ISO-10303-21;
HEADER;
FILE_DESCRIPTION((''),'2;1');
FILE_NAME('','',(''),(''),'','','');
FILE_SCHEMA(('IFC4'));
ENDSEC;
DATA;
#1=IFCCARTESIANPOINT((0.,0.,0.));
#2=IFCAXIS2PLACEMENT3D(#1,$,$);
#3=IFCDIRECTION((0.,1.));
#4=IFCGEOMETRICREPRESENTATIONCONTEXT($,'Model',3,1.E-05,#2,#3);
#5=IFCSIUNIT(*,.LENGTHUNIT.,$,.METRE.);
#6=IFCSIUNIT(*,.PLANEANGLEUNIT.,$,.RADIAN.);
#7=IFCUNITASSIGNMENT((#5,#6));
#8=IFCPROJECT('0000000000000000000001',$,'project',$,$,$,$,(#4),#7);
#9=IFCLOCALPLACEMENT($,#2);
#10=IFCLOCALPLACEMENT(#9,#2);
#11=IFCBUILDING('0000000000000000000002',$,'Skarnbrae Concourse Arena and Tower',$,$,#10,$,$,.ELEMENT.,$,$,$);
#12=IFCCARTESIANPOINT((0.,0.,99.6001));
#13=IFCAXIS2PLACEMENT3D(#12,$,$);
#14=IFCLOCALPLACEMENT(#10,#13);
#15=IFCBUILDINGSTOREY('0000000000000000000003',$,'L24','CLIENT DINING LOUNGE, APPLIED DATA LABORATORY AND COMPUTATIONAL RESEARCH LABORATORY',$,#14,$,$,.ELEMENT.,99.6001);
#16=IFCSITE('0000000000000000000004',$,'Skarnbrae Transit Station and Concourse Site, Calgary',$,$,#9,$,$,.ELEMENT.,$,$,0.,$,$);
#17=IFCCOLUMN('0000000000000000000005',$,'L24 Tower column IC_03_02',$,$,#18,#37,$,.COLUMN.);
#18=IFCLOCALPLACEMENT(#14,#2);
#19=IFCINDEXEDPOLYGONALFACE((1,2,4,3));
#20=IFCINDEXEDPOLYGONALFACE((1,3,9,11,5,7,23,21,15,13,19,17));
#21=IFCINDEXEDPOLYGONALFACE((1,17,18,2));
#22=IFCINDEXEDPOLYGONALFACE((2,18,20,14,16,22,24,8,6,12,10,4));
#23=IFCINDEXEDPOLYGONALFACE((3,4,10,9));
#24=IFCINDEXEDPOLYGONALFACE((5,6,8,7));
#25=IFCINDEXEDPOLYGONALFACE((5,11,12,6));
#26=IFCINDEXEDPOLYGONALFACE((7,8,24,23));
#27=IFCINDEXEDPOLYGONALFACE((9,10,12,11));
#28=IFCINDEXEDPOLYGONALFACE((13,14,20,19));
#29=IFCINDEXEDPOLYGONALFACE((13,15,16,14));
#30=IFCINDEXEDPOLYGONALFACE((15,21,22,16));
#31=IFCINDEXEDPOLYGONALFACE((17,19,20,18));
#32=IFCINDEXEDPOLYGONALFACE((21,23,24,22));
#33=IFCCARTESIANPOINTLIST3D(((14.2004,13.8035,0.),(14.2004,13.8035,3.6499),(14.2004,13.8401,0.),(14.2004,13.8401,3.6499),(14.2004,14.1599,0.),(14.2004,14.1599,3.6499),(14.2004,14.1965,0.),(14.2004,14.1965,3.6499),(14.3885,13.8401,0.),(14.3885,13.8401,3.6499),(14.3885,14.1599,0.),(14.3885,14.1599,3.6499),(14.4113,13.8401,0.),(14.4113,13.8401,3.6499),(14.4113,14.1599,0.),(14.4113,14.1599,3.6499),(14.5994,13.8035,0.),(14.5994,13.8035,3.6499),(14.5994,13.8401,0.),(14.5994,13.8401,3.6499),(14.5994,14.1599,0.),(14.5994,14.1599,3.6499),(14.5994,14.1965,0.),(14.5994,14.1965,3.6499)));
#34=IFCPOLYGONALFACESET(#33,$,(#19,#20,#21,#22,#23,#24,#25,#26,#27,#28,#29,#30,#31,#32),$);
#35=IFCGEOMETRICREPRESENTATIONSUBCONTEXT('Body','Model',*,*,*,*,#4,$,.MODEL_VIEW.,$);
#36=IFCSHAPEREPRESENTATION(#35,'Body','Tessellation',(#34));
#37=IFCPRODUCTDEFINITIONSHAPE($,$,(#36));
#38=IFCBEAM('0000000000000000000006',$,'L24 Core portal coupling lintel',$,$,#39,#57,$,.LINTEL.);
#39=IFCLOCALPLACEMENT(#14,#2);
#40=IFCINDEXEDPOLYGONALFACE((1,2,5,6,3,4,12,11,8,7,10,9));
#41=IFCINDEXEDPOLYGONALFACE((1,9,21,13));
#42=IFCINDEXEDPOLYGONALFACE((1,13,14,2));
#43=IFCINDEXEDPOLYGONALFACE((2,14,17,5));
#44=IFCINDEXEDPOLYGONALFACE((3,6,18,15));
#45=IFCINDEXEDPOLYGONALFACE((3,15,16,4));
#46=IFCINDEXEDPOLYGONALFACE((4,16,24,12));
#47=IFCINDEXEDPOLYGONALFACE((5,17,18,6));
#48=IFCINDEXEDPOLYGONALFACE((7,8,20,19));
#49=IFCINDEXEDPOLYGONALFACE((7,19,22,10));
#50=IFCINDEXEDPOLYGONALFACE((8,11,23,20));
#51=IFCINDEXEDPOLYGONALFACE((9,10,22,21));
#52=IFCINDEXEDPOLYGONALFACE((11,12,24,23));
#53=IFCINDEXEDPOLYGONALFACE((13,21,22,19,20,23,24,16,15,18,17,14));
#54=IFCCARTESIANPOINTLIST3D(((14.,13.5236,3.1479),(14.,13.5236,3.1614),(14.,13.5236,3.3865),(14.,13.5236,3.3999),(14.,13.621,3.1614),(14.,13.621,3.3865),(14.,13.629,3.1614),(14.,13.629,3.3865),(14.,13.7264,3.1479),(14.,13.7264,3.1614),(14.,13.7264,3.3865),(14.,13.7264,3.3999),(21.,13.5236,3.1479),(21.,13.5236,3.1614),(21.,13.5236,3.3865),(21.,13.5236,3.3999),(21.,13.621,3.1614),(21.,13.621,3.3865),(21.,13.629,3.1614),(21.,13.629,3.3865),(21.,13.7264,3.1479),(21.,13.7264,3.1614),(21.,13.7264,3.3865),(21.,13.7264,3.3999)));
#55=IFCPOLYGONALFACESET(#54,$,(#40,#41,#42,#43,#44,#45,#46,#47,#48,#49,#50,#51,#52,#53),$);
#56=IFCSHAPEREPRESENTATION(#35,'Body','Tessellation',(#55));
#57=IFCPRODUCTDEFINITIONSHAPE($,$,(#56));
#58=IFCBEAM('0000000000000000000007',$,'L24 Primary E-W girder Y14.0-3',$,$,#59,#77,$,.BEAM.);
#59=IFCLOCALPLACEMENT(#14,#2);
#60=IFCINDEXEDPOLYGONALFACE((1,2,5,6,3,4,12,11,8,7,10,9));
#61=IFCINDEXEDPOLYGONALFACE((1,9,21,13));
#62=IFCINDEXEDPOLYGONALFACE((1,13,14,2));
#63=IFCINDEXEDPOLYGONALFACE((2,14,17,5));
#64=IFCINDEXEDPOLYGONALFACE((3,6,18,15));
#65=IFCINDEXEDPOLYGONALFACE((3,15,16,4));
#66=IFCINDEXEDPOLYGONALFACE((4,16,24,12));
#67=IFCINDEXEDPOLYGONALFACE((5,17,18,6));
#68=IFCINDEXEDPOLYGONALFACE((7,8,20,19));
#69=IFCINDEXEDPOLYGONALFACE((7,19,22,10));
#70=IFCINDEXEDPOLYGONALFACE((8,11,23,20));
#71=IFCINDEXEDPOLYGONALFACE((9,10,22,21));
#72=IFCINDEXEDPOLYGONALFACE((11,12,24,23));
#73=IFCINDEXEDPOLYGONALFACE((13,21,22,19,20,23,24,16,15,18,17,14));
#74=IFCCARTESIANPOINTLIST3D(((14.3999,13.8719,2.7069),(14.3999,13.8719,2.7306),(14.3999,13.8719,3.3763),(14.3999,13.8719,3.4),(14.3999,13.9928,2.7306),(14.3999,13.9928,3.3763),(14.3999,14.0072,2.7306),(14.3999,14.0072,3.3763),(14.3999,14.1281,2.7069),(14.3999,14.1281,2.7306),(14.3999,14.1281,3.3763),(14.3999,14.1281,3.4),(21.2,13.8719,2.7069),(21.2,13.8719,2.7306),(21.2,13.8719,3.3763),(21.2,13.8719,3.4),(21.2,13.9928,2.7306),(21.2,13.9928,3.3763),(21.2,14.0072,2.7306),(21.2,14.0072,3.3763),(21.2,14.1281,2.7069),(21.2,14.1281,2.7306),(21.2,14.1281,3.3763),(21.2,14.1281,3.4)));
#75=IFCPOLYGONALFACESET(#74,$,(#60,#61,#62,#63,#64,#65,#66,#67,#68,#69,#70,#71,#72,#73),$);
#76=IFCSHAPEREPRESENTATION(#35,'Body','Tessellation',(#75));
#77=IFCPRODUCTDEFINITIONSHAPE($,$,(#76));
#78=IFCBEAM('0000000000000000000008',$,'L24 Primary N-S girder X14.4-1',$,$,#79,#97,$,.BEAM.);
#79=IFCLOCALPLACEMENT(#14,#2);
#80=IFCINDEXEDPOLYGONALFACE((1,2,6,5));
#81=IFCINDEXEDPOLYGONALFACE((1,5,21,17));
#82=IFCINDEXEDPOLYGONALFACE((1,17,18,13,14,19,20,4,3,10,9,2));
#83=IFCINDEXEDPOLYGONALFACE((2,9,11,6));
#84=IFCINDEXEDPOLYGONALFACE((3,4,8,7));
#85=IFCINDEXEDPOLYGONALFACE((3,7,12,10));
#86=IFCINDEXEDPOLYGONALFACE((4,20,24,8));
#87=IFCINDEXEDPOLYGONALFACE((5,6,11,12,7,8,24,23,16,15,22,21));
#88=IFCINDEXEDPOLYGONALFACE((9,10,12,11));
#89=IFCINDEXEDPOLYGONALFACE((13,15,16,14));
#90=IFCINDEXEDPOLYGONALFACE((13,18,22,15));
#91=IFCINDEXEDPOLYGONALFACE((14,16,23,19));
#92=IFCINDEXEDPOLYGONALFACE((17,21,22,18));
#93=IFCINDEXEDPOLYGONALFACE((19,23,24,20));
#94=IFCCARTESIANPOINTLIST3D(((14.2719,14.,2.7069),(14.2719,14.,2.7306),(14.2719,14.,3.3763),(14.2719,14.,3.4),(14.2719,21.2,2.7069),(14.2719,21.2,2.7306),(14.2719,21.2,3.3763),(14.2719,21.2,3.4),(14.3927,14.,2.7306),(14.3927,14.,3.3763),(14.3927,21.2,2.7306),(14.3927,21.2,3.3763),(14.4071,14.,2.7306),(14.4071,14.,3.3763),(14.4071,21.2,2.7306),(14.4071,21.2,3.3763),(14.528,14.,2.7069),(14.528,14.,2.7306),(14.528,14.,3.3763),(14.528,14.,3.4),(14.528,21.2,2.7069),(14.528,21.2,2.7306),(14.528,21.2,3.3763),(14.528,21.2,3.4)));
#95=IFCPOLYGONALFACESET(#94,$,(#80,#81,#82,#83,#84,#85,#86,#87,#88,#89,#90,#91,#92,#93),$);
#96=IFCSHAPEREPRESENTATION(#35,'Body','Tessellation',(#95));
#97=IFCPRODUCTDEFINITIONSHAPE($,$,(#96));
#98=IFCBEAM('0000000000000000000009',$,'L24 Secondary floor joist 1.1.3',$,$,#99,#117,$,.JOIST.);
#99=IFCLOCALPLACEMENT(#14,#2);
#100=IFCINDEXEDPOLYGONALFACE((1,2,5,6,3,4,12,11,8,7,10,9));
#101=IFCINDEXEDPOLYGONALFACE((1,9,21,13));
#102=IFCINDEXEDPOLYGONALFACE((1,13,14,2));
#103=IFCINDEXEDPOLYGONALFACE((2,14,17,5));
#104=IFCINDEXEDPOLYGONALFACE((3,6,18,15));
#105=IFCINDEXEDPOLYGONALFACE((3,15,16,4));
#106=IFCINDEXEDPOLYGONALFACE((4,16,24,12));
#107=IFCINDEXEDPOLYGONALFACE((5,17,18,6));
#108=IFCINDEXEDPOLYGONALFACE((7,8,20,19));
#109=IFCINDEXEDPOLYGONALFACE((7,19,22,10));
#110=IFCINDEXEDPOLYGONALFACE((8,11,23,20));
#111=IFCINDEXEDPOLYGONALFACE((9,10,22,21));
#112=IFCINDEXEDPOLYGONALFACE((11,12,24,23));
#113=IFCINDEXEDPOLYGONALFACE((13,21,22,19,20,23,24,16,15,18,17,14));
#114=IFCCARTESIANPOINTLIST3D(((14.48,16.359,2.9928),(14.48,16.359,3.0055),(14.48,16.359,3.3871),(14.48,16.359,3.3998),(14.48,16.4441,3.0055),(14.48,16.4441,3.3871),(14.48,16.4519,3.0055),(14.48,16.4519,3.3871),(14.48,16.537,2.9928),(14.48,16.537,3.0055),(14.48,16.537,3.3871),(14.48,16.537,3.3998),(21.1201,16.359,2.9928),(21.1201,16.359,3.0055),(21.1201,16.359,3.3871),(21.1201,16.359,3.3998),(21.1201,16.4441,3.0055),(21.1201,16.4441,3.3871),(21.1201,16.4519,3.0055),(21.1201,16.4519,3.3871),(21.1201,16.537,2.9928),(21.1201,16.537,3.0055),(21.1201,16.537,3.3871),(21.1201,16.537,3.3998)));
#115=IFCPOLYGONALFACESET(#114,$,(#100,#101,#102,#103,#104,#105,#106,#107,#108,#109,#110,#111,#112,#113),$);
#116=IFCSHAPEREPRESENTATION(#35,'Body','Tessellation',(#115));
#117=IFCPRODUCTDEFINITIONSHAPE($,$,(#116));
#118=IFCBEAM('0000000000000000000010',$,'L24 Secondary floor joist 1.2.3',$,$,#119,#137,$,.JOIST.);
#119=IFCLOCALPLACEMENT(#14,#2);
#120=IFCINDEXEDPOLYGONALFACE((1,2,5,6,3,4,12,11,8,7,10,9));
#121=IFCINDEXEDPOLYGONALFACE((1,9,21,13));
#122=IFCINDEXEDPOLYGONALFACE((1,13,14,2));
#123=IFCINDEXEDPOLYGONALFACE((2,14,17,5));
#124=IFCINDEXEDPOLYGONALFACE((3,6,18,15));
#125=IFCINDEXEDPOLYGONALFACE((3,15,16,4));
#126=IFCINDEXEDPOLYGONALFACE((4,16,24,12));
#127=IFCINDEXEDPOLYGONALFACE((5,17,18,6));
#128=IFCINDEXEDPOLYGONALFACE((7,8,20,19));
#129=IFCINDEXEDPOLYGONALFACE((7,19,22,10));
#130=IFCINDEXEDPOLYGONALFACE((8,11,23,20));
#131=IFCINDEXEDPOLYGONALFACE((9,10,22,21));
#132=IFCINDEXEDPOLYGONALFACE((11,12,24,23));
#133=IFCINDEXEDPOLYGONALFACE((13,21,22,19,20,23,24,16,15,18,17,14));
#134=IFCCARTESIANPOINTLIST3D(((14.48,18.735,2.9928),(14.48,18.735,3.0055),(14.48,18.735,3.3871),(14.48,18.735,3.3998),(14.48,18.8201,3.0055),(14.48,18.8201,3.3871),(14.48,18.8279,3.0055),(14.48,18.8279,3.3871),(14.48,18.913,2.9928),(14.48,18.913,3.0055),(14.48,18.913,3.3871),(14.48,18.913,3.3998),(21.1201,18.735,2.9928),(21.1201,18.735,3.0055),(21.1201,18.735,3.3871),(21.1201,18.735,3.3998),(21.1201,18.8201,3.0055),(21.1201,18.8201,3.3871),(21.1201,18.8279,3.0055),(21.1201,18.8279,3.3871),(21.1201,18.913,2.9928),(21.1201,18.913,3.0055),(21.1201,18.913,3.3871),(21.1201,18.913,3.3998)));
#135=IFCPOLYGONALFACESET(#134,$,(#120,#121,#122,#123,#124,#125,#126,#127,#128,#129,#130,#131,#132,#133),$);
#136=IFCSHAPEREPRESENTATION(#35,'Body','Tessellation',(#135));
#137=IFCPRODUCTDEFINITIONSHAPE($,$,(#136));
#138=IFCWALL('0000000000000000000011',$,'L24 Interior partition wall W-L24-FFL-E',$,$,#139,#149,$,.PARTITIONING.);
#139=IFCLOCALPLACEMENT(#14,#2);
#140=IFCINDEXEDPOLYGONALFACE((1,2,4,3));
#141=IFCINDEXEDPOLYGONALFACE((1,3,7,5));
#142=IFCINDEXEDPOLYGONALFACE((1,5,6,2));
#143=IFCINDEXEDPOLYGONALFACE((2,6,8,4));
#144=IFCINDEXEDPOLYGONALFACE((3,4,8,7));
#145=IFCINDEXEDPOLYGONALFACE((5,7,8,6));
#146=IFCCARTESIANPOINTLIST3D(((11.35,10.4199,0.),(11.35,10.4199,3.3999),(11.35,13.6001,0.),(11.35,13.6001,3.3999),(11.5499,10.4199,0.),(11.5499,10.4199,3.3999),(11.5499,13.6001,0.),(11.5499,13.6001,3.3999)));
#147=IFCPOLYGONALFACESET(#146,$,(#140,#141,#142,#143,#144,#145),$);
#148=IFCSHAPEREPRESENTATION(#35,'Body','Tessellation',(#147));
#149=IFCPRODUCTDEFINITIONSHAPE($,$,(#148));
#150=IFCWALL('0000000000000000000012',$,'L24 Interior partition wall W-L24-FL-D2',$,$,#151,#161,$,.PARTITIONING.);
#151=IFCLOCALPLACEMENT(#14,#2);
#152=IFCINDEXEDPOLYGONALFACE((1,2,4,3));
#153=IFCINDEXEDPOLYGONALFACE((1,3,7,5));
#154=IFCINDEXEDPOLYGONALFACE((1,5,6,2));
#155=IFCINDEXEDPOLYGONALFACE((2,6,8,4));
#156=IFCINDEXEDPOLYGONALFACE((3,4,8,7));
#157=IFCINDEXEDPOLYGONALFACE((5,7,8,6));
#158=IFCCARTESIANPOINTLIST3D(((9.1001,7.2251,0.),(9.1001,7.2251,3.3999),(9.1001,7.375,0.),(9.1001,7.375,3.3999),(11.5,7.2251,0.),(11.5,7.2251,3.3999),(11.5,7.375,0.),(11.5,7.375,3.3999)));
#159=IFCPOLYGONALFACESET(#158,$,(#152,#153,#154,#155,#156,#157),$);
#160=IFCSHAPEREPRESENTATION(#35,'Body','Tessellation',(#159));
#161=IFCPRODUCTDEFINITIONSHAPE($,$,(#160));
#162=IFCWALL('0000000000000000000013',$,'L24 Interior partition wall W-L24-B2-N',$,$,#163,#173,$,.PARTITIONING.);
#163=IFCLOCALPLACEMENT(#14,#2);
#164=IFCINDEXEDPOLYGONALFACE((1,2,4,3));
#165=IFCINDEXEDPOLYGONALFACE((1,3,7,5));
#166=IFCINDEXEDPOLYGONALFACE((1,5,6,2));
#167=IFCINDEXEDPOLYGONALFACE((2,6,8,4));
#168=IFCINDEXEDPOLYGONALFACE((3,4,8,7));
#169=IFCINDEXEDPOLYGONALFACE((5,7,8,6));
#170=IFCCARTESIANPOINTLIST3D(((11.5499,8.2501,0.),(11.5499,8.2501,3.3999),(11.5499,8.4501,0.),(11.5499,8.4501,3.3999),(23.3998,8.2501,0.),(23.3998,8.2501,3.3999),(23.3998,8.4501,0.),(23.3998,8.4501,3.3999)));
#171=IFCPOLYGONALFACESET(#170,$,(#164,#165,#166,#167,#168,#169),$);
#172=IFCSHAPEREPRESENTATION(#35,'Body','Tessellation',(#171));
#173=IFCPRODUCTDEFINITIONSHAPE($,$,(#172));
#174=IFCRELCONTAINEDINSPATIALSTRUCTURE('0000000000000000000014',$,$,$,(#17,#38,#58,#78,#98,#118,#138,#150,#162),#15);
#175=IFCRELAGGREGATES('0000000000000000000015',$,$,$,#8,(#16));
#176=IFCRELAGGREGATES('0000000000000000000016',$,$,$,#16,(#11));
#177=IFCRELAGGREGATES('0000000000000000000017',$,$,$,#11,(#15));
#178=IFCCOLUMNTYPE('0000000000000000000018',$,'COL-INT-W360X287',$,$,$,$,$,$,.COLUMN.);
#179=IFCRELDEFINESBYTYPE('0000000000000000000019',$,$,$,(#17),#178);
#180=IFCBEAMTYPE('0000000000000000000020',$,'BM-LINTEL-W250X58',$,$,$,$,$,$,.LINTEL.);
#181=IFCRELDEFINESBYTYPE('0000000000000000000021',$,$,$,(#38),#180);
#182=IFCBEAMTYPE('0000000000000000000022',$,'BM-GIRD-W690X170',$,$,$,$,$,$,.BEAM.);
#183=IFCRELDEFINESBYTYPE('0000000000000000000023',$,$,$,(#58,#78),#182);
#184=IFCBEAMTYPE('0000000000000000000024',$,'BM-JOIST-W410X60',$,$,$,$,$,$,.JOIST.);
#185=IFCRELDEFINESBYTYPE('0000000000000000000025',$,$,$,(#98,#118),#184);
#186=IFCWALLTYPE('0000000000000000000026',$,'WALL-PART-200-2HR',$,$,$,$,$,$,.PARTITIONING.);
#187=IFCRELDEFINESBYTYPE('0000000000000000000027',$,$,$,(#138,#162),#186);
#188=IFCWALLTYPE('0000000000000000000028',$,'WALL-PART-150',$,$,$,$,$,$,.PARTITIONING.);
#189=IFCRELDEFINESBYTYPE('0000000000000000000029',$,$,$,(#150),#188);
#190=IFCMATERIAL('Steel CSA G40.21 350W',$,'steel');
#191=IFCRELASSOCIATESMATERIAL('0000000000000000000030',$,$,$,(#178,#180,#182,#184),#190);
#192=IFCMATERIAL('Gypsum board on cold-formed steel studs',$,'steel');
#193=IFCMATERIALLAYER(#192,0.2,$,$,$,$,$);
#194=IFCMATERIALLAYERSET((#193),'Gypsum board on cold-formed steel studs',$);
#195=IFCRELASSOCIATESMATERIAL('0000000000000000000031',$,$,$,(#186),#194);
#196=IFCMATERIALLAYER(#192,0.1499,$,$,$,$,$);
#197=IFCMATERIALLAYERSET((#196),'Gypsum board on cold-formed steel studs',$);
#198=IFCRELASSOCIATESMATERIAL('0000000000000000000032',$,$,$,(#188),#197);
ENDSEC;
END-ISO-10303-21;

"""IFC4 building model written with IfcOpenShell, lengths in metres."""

from ifc_helpers import new_model, si_unit, direction, frame, frame_2d, origin, origin_2d, place, context, subcontext, project, spatial, rectangle, i_section, extrude, source, transform, mapped, material, layer, layer_set, material_profile, profile_set, type_object, element, save


model = new_model("IFC4")

# Units and contexts
model_context = context("Model", 3, precision=1e-05, world=origin(), true_north=direction((0.0, 1.0)))
body_context = subcontext(model_context, "Body", "Model", "MODEL_VIEW")
ifc_project = project(units=[si_unit("LENGTHUNIT", "METRE"), si_unit("PLANEANGLEUNIT", "RADIAN")], contexts=[model_context])

# Site, building, storey
site_placement = place(None, origin())
site = spatial("IfcSite", under=ifc_project, at=site_placement, Name="Skarnbrae Transit Station and Concourse Site, Calgary", CompositionType="ELEMENT", RefElevation=0.0)
building_placement = place(site_placement, origin())
building = spatial("IfcBuilding", under=site, at=building_placement, Name="Skarnbrae Concourse Arena and Tower", CompositionType="ELEMENT")
storey_placement = place(building_placement, frame((0.0, 0.0, 99.6001)))
storey = spatial("IfcBuildingStorey", under=building, at=storey_placement, Name="L24", Description="CLIENT DINING LOUNGE, APPLIED DATA LABORATORY AND COMPUTATIONAL RESEARCH LABORATORY", CompositionType="ELEMENT", Elevation=99.6001)

# Column
ifc_material_1 = material(Name="Steel CSA G40.21 350W", Category="steel")
ifc_material_profile_1 = material_profile(ifc_material_1, i_section(OverallWidth=0.3989, OverallDepth=0.3931, WebThickness=0.0227, FlangeThickness=0.0366, at=origin_2d()), Name="W360X287")
ifc_profile_set_1 = profile_set([ifc_material_profile_1], Name="Steel CSA G40.21 350W")
column_type = type_object("IfcColumnType", Name="COL-INT-W360X287", PredefinedType="COLUMN", material=ifc_profile_set_1)
shared_shape_1 = source(origin(), body_context, "Body", "SweptSolid", [
    extrude(i_section(OverallWidth=0.3989, OverallDepth=0.3931, WebThickness=0.0227, FlangeThickness=0.0366, at=origin_2d()), origin(), (0.0, 0.0, 1.0), 3.6499),
])
column_placement = place(storey_placement, frame((14.3999, 14.0, 0.0), z_axis=(0.0, 0.0, 1.0), x_axis=(1.0, 0.0, 0.0)))
element("IfcColumn", 1, at=column_placement, inside=storey, type_object=column_type, Name="L24 Tower column IC_03_02", PredefinedType="COLUMN", context=body_context, shape_type="MappedRepresentation", body=[
    mapped(shared_shape_1, transform((0.0, 0.0, 0.0))),
])

# Beams
ifc_material_profile_2 = material_profile(ifc_material_1, i_section(OverallWidth=0.2029, OverallDepth=0.252, WebThickness=0.0081, FlangeThickness=0.0134, at=origin_2d()), Name="W250X58")
ifc_profile_set_2 = profile_set([ifc_material_profile_2], Name="Steel CSA G40.21 350W")
beam_type_1 = type_object("IfcBeamType", Name="BM-LINTEL-W250X58", PredefinedType="LINTEL", material=ifc_profile_set_2)
shared_shape_2 = source(origin(), body_context, "Body", "SweptSolid", [
    extrude(i_section(OverallWidth=0.2029, OverallDepth=0.252, WebThickness=0.0081, FlangeThickness=0.0134, at=origin_2d()), origin(), (0.0, 0.0, 1.0), 7.0),
])
beam_1_placement = place(storey_placement, frame((14.0, 13.625, 3.2739), z_axis=(1.0, 0.0, 0.0), x_axis=(0.0, 1.0, 0.0)))
element("IfcBeam", 2, at=beam_1_placement, inside=storey, type_object=beam_type_1, Name="L24 Core portal coupling lintel", PredefinedType="LINTEL", context=body_context, shape_type="MappedRepresentation", body=[
    mapped(shared_shape_2, transform((0.0, 0.0, 0.0))),
])
ifc_material_profile_3 = material_profile(ifc_material_1, i_section(OverallWidth=0.2561, OverallDepth=0.6931, WebThickness=0.0144, FlangeThickness=0.0237, at=origin_2d()), Name="W690X170")
ifc_profile_set_3 = profile_set([ifc_material_profile_3], Name="Steel CSA G40.21 350W")
beam_type_2 = type_object("IfcBeamType", Name="BM-GIRD-W690X170", PredefinedType="BEAM", material=ifc_profile_set_3)
shared_shape_3 = source(origin(), body_context, "Body", "SweptSolid", [
    extrude(i_section(OverallWidth=0.2561, OverallDepth=0.6931, WebThickness=0.0144, FlangeThickness=0.0237, at=origin_2d()), origin(), (0.0, 0.0, 1.0), 6.8),
])
beam_2_placement = place(storey_placement, frame((14.3999, 14.0, 3.0535), z_axis=(1.0, 0.0, 0.0), x_axis=(0.0, 1.0, 0.0)))
element("IfcBeam", 3, at=beam_2_placement, inside=storey, type_object=beam_type_2, Name="L24 Primary E-W girder Y14.0-3", PredefinedType="BEAM", context=body_context, shape_type="MappedRepresentation", body=[
    mapped(shared_shape_3, transform((0.0, 0.0, 0.0))),
])
shared_shape_4 = source(origin(), body_context, "Body", "SweptSolid", [
    extrude(i_section(OverallWidth=0.2561, OverallDepth=0.6931, WebThickness=0.0144, FlangeThickness=0.0237, at=origin_2d()), origin(), (0.0, 0.0, 1.0), 7.2),
])
beam_3_placement = place(storey_placement, frame((14.3999, 14.0, 3.0535), z_axis=(0.0, 1.0, 0.0), x_axis=(-1.0, 0.0, 0.0)))
element("IfcBeam", 4, at=beam_3_placement, inside=storey, type_object=beam_type_2, Name="L24 Primary N-S girder X14.4-1", PredefinedType="BEAM", context=body_context, shape_type="MappedRepresentation", body=[
    mapped(shared_shape_4, transform((0.0, 0.0, 0.0))),
])
ifc_material_profile_4 = material_profile(ifc_material_1, i_section(OverallWidth=0.178, OverallDepth=0.407, WebThickness=0.0078, FlangeThickness=0.0127, at=origin_2d()), Name="W410X60")
ifc_profile_set_4 = profile_set([ifc_material_profile_4], Name="Steel CSA G40.21 350W")
beam_type_3 = type_object("IfcBeamType", Name="BM-JOIST-W410X60", PredefinedType="JOIST", material=ifc_profile_set_4)
shared_shape_5 = source(origin(), body_context, "Body", "SweptSolid", [
    extrude(i_section(OverallWidth=0.178, OverallDepth=0.407, WebThickness=0.0078, FlangeThickness=0.0127, at=origin_2d()), origin(), (0.0, 0.0, 1.0), 6.6401),
])
for number, where, z_axis, x_axis, name in (
    (5, (14.48, 16.448, 3.1963), (1.0, 0.0, 0.0), (0.0, 1.0, 0.0), "L24 Secondary floor joist 1.1.3"),
    (6, (14.48, 18.824, 3.1963), (1.0, 0.0, 0.0), (0.0, 1.0, 0.0), "L24 Secondary floor joist 1.2.3"),
):
    element("IfcBeam", number, at=place(storey_placement, frame(where, z_axis=z_axis, x_axis=x_axis)), inside=storey, type_object=beam_type_3, Name=name, PredefinedType="JOIST", context=body_context, shape_type="MappedRepresentation", body=[
        mapped(shared_shape_5, transform((0.0, 0.0, 0.0))),
    ])

# Wall
ifc_material_2 = material(Name="Gypsum board on cold-formed steel studs", Category="steel")
ifc_layer_1 = layer(ifc_material_2, 0.2)
ifc_layer_set_1 = layer_set([ifc_layer_1], Name="Gypsum board on cold-formed steel studs")
wall_type_1 = type_object("IfcWallType", Name="WALL-PART-200-2HR", PredefinedType="PARTITIONING", material=ifc_layer_set_1)
shared_shape_6 = source(origin(), body_context, "Body", "SweptSolid", [
    extrude(rectangle(XDim=3.1802, YDim=0.2, at=frame_2d((1.5901, 0.0))), origin(), (0.0, 0.0, 1.0), 3.3999),
])
wall_1_placement = place(storey_placement, frame((11.45, 10.4199, 0.0), z_axis=(0.0, 0.0, 1.0), x_axis=(0.0, 1.0, 0.0)))
element("IfcWall", 7, at=wall_1_placement, inside=storey, type_object=wall_type_1, Name="L24 Interior partition wall W-L24-FFL-E", PredefinedType="PARTITIONING", context=body_context, shape_type="MappedRepresentation", body=[
    mapped(shared_shape_6, transform((0.0, 0.0, 0.0))),
])

# Walls
ifc_layer_2 = layer(ifc_material_2, 0.1499)
ifc_layer_set_2 = layer_set([ifc_layer_2], Name="Gypsum board on cold-formed steel studs")
wall_type_2 = type_object("IfcWallType", Name="WALL-PART-150", PredefinedType="PARTITIONING", material=ifc_layer_set_2)
shared_shape_7 = source(origin(), body_context, "Body", "SweptSolid", [
    extrude(rectangle(XDim=2.3999, YDim=0.1499, at=frame_2d((1.2, 0.0))), origin(), (0.0, 0.0, 1.0), 3.3999),
])
wall_2_placement = place(storey_placement, frame((9.1001, 7.3, 0.0), z_axis=(0.0, 0.0, 1.0), x_axis=(1.0, 0.0, 0.0)))
element("IfcWall", 8, at=wall_2_placement, inside=storey, type_object=wall_type_2, Name="L24 Interior partition wall W-L24-FL-D2", PredefinedType="PARTITIONING", context=body_context, shape_type="MappedRepresentation", body=[
    mapped(shared_shape_7, transform((0.0, 0.0, 0.0))),
])
shared_shape_8 = source(origin(), body_context, "Body", "SweptSolid", [
    extrude(rectangle(XDim=11.8499, YDim=0.2, at=frame_2d((5.9248, 0.0))), origin(), (0.0, 0.0, 1.0), 3.3999),
])
wall_3_placement = place(storey_placement, frame((11.55, 8.3501, 0.0), z_axis=(0.0, 0.0, 1.0), x_axis=(1.0, 0.0, 0.0)))
element("IfcWall", 9, at=wall_3_placement, inside=storey, type_object=wall_type_1, Name="L24 Interior partition wall W-L24-B2-N", PredefinedType="PARTITIONING", context=body_context, shape_type="MappedRepresentation", body=[
    mapped(shared_shape_8, transform((0.0, 0.0, 0.0))),
])

save(model, "model.ifc")
